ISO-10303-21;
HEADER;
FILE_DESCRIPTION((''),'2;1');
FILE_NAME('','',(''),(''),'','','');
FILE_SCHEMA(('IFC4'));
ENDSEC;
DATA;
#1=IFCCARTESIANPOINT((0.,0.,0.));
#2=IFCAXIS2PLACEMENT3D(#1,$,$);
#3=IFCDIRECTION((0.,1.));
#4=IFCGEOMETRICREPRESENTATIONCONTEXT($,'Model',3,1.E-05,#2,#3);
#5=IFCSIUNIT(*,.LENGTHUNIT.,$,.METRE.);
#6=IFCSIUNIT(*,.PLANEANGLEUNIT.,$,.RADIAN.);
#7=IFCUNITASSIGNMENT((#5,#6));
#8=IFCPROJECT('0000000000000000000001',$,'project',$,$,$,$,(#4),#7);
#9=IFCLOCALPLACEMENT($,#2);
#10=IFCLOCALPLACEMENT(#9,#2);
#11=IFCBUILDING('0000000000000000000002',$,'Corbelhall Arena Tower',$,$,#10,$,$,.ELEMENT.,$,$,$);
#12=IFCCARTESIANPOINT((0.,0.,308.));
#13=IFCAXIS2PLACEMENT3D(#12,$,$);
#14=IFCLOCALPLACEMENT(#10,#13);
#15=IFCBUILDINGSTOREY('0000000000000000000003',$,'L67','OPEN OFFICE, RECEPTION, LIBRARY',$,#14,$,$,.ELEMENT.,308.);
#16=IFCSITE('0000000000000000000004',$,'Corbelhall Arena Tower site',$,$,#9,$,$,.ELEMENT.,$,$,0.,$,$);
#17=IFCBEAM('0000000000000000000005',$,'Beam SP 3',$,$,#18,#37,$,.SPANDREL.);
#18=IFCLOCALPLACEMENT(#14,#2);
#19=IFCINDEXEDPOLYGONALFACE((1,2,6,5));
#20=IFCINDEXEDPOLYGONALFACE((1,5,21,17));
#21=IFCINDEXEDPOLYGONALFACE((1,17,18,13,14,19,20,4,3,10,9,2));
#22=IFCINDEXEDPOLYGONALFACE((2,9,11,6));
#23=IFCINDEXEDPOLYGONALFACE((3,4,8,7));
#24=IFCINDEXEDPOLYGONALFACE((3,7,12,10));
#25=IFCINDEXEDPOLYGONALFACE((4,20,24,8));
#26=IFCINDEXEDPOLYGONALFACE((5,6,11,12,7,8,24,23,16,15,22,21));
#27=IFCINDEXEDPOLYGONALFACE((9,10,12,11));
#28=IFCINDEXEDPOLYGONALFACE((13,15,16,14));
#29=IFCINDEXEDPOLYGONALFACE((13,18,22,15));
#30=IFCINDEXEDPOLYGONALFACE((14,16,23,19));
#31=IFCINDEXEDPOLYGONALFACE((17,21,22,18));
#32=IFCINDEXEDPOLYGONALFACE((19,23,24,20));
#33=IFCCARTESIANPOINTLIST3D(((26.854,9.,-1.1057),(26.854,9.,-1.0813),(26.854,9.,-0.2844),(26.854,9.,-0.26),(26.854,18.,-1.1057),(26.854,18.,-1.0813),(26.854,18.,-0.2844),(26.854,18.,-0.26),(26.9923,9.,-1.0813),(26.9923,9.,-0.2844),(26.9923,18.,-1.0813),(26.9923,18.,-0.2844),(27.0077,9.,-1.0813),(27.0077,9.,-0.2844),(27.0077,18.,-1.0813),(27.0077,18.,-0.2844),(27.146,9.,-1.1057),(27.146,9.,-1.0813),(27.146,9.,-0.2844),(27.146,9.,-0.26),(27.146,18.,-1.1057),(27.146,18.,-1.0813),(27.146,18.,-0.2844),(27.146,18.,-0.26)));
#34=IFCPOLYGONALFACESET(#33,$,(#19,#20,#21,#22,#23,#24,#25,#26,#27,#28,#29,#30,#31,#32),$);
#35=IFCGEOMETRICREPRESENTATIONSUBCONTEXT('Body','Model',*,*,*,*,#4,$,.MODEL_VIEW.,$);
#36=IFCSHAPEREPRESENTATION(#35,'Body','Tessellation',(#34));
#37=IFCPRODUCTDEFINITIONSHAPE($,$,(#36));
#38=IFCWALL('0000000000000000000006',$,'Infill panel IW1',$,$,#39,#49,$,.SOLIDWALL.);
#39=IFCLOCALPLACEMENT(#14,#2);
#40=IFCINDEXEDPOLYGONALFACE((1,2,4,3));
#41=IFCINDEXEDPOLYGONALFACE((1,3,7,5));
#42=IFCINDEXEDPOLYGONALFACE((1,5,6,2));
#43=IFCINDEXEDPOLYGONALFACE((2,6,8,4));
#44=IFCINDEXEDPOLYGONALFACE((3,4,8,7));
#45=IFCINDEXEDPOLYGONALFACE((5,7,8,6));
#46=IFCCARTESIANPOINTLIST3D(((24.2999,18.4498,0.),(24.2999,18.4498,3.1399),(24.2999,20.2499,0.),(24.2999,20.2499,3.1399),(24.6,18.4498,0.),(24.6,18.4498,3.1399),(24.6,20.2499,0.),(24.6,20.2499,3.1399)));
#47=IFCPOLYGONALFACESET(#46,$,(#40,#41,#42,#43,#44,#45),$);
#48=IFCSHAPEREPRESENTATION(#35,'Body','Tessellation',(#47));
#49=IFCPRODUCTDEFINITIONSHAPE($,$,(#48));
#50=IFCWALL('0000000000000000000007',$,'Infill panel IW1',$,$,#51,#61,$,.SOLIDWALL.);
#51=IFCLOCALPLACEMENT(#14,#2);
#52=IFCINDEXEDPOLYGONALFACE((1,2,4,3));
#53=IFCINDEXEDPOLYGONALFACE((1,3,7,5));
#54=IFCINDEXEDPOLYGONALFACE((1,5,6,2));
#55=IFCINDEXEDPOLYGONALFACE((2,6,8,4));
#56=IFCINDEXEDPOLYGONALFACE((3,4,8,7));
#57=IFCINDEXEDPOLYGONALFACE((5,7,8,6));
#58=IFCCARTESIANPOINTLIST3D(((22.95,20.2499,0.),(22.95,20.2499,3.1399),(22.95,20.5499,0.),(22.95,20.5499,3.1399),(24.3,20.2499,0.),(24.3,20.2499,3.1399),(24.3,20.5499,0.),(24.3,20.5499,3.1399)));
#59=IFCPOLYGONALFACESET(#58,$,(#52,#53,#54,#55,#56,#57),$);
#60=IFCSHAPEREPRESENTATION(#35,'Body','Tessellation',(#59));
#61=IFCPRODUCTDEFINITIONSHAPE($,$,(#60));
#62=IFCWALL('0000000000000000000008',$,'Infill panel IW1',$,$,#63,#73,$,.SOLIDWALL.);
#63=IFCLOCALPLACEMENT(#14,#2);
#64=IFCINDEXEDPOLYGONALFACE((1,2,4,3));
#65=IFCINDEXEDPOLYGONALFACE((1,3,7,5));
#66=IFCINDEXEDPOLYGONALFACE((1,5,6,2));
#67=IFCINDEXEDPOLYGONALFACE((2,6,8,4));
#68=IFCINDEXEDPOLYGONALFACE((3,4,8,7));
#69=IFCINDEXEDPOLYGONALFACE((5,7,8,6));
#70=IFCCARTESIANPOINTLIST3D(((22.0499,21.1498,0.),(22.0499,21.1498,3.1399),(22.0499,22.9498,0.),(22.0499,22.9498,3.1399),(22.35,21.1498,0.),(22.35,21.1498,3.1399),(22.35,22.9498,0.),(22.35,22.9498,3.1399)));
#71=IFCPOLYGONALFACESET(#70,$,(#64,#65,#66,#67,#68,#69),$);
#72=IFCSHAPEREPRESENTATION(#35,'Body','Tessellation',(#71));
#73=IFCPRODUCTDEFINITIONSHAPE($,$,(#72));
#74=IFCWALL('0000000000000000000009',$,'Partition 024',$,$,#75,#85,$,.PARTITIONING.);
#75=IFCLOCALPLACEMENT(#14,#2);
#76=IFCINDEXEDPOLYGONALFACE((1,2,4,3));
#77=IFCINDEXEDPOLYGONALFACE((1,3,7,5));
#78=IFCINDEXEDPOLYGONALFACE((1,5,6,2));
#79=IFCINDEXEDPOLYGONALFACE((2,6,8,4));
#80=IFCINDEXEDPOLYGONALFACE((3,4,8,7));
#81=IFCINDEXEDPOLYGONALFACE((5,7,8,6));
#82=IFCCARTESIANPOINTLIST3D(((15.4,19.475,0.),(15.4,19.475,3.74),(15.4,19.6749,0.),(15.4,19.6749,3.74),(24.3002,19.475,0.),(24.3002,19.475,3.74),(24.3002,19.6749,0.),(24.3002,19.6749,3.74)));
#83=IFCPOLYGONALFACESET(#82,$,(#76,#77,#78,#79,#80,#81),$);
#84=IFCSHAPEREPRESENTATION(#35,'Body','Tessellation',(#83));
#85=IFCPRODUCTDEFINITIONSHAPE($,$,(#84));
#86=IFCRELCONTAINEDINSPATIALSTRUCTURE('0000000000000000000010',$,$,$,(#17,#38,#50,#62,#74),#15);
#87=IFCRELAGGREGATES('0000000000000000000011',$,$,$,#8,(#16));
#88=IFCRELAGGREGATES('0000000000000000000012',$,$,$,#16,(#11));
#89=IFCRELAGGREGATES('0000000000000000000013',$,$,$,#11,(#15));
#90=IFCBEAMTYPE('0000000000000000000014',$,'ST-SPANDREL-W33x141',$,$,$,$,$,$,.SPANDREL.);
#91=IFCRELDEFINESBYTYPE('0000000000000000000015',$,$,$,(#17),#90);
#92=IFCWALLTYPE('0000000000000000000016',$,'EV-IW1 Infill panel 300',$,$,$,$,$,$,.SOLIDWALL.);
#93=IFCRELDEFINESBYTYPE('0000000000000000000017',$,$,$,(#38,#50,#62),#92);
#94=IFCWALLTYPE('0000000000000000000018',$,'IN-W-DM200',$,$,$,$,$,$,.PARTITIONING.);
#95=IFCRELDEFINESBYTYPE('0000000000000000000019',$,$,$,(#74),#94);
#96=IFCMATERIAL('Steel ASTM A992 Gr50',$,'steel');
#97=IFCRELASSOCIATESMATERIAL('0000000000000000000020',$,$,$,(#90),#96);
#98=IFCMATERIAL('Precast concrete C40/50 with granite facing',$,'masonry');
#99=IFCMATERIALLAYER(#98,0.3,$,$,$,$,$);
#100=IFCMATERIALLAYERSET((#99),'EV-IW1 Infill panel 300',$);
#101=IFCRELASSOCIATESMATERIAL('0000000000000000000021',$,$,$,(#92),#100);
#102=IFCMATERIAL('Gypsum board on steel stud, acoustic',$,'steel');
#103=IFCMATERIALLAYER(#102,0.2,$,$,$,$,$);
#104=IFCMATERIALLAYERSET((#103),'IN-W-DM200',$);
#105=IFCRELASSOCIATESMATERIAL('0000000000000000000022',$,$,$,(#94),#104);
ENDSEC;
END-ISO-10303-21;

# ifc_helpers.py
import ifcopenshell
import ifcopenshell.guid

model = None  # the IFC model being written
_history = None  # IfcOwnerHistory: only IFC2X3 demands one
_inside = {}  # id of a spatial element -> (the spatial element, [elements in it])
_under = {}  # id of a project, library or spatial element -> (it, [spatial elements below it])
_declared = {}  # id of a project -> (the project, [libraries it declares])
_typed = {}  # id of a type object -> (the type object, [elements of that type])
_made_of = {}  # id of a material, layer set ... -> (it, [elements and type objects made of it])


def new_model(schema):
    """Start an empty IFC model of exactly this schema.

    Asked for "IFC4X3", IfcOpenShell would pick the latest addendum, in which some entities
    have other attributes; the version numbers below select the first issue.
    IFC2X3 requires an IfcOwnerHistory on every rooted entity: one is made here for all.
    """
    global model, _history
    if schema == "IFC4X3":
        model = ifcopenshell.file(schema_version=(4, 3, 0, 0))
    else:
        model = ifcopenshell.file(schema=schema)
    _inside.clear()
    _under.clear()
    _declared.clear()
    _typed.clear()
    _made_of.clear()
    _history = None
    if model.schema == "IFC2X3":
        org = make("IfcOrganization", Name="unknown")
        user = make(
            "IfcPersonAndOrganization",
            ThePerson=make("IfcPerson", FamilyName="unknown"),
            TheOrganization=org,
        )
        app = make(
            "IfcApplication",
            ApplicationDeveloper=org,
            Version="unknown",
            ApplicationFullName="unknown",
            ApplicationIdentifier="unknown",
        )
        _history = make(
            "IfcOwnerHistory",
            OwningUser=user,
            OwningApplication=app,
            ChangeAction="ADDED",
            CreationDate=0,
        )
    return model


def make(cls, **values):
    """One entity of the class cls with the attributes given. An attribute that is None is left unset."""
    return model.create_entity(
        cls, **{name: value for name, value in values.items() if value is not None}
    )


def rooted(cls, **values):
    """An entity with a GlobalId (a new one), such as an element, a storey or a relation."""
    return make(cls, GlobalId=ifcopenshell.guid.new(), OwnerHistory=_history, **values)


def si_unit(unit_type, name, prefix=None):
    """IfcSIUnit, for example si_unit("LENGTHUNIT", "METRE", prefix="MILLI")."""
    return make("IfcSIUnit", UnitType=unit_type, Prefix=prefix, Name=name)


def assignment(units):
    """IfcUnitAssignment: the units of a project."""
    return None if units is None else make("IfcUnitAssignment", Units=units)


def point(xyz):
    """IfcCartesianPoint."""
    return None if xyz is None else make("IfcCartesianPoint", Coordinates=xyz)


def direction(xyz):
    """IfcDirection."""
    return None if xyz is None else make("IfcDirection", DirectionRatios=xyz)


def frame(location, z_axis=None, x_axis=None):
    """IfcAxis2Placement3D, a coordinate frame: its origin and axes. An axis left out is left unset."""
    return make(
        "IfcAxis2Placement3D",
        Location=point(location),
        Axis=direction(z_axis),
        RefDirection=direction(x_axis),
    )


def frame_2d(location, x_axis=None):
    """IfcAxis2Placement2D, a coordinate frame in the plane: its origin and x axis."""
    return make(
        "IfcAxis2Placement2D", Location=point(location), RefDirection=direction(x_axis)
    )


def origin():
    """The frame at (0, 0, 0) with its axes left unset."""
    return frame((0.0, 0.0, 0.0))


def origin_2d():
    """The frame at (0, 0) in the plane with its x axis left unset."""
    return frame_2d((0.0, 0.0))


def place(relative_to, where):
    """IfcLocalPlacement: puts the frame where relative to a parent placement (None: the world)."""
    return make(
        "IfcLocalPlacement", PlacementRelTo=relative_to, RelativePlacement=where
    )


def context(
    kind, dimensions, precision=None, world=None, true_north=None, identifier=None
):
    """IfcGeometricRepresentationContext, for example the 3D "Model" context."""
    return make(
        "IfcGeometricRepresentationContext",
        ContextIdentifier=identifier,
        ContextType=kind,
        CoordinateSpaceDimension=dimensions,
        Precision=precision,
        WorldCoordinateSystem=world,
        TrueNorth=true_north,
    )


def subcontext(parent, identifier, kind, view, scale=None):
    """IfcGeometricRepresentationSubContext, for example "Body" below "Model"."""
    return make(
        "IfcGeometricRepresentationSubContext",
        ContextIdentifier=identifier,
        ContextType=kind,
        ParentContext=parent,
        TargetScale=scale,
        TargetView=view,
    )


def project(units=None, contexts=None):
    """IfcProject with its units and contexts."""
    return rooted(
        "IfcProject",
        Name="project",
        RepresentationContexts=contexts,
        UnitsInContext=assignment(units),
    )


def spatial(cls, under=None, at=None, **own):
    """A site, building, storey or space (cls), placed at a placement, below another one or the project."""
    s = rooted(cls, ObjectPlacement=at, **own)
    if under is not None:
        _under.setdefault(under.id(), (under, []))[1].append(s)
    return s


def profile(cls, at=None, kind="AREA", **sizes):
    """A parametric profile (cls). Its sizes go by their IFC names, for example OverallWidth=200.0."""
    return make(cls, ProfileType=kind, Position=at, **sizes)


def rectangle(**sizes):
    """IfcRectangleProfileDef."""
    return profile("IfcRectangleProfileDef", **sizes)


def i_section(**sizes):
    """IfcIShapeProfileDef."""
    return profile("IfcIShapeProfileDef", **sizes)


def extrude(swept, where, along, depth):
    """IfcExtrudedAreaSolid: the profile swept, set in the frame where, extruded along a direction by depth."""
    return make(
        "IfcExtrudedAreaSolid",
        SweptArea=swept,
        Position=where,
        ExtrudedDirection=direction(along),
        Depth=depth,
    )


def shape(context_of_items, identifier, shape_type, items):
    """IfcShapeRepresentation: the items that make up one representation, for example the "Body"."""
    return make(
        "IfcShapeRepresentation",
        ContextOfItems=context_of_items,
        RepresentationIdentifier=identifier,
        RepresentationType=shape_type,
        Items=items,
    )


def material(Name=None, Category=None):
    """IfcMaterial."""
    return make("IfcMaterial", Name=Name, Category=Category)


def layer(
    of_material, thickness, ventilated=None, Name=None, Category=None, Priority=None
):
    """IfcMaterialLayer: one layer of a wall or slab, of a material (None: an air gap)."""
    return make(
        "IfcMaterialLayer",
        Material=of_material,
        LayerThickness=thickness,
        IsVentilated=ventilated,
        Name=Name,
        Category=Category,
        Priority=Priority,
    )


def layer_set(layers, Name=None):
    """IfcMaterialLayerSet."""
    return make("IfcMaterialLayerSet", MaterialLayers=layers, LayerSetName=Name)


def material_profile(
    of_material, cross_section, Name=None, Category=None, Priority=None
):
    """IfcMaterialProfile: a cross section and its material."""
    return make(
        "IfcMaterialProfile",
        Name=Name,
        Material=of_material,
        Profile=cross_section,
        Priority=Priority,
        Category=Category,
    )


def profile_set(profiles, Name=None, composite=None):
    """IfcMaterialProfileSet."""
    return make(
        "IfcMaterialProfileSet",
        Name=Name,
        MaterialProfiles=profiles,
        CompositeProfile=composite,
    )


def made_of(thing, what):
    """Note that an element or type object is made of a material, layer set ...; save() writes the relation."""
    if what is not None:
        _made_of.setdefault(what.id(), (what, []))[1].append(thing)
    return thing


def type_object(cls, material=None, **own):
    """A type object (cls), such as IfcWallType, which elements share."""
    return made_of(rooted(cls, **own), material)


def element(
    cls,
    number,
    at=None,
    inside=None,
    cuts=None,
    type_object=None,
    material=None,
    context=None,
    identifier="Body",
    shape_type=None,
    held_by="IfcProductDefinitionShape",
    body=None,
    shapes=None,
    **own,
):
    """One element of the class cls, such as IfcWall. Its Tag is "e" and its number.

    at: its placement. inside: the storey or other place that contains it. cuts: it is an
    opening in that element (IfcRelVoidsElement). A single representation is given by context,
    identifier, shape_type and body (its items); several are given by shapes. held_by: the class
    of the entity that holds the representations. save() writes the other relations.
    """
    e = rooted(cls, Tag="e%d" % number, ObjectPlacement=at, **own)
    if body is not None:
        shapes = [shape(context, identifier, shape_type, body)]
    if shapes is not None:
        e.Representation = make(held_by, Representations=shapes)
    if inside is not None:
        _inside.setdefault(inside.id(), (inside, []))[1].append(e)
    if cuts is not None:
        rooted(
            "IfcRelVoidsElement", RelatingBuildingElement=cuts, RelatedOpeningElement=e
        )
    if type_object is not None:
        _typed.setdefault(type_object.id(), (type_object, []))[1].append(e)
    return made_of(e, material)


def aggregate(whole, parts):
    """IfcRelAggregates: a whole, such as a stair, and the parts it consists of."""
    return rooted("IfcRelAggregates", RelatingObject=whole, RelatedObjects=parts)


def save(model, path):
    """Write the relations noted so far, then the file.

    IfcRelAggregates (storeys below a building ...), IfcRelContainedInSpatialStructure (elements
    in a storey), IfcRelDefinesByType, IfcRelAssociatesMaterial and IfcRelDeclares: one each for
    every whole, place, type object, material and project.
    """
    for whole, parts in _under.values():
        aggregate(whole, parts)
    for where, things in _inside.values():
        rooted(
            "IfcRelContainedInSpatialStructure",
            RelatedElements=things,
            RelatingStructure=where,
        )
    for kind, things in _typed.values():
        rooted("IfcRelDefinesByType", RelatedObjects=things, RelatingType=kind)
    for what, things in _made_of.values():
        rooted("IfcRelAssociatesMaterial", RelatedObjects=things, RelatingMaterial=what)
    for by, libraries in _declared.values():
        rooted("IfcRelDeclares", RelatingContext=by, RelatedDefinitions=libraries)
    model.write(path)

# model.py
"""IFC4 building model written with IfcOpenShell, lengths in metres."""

from ifc_helpers import new_model, si_unit, direction, frame, frame_2d, origin, origin_2d, place, context, subcontext, project, spatial, rectangle, i_section, extrude, material, layer, layer_set, material_profile, profile_set, type_object, element, save


model = new_model("IFC4")

# Units and contexts
model_context = context("Model", 3, precision=1e-05, world=origin(), true_north=direction((0.0, 1.0)))
body_context = subcontext(model_context, "Body", "Model", "MODEL_VIEW")
ifc_project = project(units=[si_unit("LENGTHUNIT", "METRE"), si_unit("PLANEANGLEUNIT", "RADIAN")], contexts=[model_context])

# Site, building, storey
site_placement = place(None, origin())
site = spatial("IfcSite", under=ifc_project, at=site_placement, Name="Corbelhall Arena Tower site", CompositionType="ELEMENT", RefElevation=0.0)
building_placement = place(site_placement, origin())
building = spatial("IfcBuilding", under=site, at=building_placement, Name="Corbelhall Arena Tower", CompositionType="ELEMENT")
storey_placement = place(building_placement, frame((0.0, 0.0, 308.0)))
storey = spatial("IfcBuildingStorey", under=building, at=storey_placement, Name="L67", Description="OPEN OFFICE, RECEPTION, LIBRARY", CompositionType="ELEMENT", Elevation=308.0)

# Beam
ifc_material_1 = material(Name="Steel ASTM A992 Gr50", Category="steel")
ifc_material_profile_1 = material_profile(ifc_material_1, i_section(OverallWidth=0.292, OverallDepth=0.8457, WebThickness=0.0154, FlangeThickness=0.0244, at=origin_2d()))
ifc_profile_set_1 = profile_set([ifc_material_profile_1], Name="Steel ASTM A992 Gr50")
beam_type_1 = type_object("IfcBeamType", Name="ST-SPANDREL-W33x141", PredefinedType="SPANDREL", material=ifc_profile_set_1)
beam_1_placement = place(storey_placement, frame((27.0, 18.0, -0.6829), z_axis=(0.0, -1.0, 0.0), x_axis=(1.0, 0.0, 0.0)))
element("IfcBeam", 1, at=beam_1_placement, inside=storey, type_object=beam_type_1, Name="Beam SP 3", PredefinedType="SPANDREL", context=body_context, shape_type="SweptSolid", body=[
    extrude(i_section(OverallWidth=0.292, OverallDepth=0.8457, WebThickness=0.0154, FlangeThickness=0.0244, at=origin_2d()), origin(), (0.0, 0.0, 1.0), 9.0),
])

# Walls
ifc_material_2 = material(Name="Precast concrete C40/50 with granite facing", Category="masonry")
ifc_layer_1 = layer(ifc_material_2, 0.3)
ifc_layer_set_1 = layer_set([ifc_layer_1], Name="EV-IW1 Infill panel 300")
wall_type_1 = type_object("IfcWallType", Name="EV-IW1 Infill panel 300", PredefinedType="SOLIDWALL", material=ifc_layer_set_1)
wall_1_placement = place(storey_placement, frame((24.45, 18.45, 0.0), z_axis=(0.0, 0.0, 1.0), x_axis=(0.0, 1.0, 0.0)))
element("IfcWall", 2, at=wall_1_placement, inside=storey, type_object=wall_type_1, Name="Infill panel IW1", PredefinedType="SOLIDWALL", context=body_context, shape_type="SweptSolid", body=[
    extrude(rectangle(XDim=1.8, YDim=0.3, at=frame_2d((0.8999, 0.0))), origin(), (0.0, 0.0, 1.0), 3.1399),
])
wall_2_placement = place(storey_placement, frame((24.3, 20.3999, 0.0), z_axis=(0.0, 0.0, 1.0), x_axis=(-1.0, 0.0, 0.0)))
element("IfcWall", 3, at=wall_2_placement, inside=storey, type_object=wall_type_1, Name="Infill panel IW1", PredefinedType="SOLIDWALL", context=body_context, shape_type="SweptSolid", body=[
    extrude(rectangle(XDim=1.3501, YDim=0.3, at=frame_2d((0.675, 0.0))), origin(), (0.0, 0.0, 1.0), 3.1399),
])
wall_3_placement = place(storey_placement, frame((22.2, 21.1499, 0.0), z_axis=(0.0, 0.0, 1.0), x_axis=(0.0, 1.0, 0.0)))
element("IfcWall", 4, at=wall_3_placement, inside=storey, type_object=wall_type_1, Name="Infill panel IW1", PredefinedType="SOLIDWALL", context=body_context, shape_type="SweptSolid", body=[
    extrude(rectangle(XDim=1.8, YDim=0.3, at=frame_2d((0.8999, 0.0))), origin(), (0.0, 0.0, 1.0), 3.1399),
])

# Shared definitions
ifc_material_3 = material(Name="Gypsum board on steel stud, acoustic", Category="steel")
ifc_layer_2 = layer(ifc_material_3, 0.2)
ifc_layer_set_2 = layer_set([ifc_layer_2], Name="IN-W-DM200")
wall_type_2 = type_object("IfcWallType", Name="IN-W-DM200", PredefinedType="PARTITIONING", material=ifc_layer_set_2)

# Wall
wall_4_placement = place(storey_placement, frame((15.3999, 19.575, 0.0), z_axis=(0.0, 0.0, 1.0), x_axis=(1.0, 0.0, 0.0)))
element("IfcWall", 5, at=wall_4_placement, inside=storey, type_object=wall_type_2, Name="Partition 024", PredefinedType="PARTITIONING", context=body_context, shape_type="SweptSolid", body=[
    extrude(rectangle(XDim=8.9001, YDim=0.2, at=frame_2d((4.4502, 0.0))), origin(), (0.0, 0.0, 1.0), 3.74),
])

save(model, "model.ifc")
